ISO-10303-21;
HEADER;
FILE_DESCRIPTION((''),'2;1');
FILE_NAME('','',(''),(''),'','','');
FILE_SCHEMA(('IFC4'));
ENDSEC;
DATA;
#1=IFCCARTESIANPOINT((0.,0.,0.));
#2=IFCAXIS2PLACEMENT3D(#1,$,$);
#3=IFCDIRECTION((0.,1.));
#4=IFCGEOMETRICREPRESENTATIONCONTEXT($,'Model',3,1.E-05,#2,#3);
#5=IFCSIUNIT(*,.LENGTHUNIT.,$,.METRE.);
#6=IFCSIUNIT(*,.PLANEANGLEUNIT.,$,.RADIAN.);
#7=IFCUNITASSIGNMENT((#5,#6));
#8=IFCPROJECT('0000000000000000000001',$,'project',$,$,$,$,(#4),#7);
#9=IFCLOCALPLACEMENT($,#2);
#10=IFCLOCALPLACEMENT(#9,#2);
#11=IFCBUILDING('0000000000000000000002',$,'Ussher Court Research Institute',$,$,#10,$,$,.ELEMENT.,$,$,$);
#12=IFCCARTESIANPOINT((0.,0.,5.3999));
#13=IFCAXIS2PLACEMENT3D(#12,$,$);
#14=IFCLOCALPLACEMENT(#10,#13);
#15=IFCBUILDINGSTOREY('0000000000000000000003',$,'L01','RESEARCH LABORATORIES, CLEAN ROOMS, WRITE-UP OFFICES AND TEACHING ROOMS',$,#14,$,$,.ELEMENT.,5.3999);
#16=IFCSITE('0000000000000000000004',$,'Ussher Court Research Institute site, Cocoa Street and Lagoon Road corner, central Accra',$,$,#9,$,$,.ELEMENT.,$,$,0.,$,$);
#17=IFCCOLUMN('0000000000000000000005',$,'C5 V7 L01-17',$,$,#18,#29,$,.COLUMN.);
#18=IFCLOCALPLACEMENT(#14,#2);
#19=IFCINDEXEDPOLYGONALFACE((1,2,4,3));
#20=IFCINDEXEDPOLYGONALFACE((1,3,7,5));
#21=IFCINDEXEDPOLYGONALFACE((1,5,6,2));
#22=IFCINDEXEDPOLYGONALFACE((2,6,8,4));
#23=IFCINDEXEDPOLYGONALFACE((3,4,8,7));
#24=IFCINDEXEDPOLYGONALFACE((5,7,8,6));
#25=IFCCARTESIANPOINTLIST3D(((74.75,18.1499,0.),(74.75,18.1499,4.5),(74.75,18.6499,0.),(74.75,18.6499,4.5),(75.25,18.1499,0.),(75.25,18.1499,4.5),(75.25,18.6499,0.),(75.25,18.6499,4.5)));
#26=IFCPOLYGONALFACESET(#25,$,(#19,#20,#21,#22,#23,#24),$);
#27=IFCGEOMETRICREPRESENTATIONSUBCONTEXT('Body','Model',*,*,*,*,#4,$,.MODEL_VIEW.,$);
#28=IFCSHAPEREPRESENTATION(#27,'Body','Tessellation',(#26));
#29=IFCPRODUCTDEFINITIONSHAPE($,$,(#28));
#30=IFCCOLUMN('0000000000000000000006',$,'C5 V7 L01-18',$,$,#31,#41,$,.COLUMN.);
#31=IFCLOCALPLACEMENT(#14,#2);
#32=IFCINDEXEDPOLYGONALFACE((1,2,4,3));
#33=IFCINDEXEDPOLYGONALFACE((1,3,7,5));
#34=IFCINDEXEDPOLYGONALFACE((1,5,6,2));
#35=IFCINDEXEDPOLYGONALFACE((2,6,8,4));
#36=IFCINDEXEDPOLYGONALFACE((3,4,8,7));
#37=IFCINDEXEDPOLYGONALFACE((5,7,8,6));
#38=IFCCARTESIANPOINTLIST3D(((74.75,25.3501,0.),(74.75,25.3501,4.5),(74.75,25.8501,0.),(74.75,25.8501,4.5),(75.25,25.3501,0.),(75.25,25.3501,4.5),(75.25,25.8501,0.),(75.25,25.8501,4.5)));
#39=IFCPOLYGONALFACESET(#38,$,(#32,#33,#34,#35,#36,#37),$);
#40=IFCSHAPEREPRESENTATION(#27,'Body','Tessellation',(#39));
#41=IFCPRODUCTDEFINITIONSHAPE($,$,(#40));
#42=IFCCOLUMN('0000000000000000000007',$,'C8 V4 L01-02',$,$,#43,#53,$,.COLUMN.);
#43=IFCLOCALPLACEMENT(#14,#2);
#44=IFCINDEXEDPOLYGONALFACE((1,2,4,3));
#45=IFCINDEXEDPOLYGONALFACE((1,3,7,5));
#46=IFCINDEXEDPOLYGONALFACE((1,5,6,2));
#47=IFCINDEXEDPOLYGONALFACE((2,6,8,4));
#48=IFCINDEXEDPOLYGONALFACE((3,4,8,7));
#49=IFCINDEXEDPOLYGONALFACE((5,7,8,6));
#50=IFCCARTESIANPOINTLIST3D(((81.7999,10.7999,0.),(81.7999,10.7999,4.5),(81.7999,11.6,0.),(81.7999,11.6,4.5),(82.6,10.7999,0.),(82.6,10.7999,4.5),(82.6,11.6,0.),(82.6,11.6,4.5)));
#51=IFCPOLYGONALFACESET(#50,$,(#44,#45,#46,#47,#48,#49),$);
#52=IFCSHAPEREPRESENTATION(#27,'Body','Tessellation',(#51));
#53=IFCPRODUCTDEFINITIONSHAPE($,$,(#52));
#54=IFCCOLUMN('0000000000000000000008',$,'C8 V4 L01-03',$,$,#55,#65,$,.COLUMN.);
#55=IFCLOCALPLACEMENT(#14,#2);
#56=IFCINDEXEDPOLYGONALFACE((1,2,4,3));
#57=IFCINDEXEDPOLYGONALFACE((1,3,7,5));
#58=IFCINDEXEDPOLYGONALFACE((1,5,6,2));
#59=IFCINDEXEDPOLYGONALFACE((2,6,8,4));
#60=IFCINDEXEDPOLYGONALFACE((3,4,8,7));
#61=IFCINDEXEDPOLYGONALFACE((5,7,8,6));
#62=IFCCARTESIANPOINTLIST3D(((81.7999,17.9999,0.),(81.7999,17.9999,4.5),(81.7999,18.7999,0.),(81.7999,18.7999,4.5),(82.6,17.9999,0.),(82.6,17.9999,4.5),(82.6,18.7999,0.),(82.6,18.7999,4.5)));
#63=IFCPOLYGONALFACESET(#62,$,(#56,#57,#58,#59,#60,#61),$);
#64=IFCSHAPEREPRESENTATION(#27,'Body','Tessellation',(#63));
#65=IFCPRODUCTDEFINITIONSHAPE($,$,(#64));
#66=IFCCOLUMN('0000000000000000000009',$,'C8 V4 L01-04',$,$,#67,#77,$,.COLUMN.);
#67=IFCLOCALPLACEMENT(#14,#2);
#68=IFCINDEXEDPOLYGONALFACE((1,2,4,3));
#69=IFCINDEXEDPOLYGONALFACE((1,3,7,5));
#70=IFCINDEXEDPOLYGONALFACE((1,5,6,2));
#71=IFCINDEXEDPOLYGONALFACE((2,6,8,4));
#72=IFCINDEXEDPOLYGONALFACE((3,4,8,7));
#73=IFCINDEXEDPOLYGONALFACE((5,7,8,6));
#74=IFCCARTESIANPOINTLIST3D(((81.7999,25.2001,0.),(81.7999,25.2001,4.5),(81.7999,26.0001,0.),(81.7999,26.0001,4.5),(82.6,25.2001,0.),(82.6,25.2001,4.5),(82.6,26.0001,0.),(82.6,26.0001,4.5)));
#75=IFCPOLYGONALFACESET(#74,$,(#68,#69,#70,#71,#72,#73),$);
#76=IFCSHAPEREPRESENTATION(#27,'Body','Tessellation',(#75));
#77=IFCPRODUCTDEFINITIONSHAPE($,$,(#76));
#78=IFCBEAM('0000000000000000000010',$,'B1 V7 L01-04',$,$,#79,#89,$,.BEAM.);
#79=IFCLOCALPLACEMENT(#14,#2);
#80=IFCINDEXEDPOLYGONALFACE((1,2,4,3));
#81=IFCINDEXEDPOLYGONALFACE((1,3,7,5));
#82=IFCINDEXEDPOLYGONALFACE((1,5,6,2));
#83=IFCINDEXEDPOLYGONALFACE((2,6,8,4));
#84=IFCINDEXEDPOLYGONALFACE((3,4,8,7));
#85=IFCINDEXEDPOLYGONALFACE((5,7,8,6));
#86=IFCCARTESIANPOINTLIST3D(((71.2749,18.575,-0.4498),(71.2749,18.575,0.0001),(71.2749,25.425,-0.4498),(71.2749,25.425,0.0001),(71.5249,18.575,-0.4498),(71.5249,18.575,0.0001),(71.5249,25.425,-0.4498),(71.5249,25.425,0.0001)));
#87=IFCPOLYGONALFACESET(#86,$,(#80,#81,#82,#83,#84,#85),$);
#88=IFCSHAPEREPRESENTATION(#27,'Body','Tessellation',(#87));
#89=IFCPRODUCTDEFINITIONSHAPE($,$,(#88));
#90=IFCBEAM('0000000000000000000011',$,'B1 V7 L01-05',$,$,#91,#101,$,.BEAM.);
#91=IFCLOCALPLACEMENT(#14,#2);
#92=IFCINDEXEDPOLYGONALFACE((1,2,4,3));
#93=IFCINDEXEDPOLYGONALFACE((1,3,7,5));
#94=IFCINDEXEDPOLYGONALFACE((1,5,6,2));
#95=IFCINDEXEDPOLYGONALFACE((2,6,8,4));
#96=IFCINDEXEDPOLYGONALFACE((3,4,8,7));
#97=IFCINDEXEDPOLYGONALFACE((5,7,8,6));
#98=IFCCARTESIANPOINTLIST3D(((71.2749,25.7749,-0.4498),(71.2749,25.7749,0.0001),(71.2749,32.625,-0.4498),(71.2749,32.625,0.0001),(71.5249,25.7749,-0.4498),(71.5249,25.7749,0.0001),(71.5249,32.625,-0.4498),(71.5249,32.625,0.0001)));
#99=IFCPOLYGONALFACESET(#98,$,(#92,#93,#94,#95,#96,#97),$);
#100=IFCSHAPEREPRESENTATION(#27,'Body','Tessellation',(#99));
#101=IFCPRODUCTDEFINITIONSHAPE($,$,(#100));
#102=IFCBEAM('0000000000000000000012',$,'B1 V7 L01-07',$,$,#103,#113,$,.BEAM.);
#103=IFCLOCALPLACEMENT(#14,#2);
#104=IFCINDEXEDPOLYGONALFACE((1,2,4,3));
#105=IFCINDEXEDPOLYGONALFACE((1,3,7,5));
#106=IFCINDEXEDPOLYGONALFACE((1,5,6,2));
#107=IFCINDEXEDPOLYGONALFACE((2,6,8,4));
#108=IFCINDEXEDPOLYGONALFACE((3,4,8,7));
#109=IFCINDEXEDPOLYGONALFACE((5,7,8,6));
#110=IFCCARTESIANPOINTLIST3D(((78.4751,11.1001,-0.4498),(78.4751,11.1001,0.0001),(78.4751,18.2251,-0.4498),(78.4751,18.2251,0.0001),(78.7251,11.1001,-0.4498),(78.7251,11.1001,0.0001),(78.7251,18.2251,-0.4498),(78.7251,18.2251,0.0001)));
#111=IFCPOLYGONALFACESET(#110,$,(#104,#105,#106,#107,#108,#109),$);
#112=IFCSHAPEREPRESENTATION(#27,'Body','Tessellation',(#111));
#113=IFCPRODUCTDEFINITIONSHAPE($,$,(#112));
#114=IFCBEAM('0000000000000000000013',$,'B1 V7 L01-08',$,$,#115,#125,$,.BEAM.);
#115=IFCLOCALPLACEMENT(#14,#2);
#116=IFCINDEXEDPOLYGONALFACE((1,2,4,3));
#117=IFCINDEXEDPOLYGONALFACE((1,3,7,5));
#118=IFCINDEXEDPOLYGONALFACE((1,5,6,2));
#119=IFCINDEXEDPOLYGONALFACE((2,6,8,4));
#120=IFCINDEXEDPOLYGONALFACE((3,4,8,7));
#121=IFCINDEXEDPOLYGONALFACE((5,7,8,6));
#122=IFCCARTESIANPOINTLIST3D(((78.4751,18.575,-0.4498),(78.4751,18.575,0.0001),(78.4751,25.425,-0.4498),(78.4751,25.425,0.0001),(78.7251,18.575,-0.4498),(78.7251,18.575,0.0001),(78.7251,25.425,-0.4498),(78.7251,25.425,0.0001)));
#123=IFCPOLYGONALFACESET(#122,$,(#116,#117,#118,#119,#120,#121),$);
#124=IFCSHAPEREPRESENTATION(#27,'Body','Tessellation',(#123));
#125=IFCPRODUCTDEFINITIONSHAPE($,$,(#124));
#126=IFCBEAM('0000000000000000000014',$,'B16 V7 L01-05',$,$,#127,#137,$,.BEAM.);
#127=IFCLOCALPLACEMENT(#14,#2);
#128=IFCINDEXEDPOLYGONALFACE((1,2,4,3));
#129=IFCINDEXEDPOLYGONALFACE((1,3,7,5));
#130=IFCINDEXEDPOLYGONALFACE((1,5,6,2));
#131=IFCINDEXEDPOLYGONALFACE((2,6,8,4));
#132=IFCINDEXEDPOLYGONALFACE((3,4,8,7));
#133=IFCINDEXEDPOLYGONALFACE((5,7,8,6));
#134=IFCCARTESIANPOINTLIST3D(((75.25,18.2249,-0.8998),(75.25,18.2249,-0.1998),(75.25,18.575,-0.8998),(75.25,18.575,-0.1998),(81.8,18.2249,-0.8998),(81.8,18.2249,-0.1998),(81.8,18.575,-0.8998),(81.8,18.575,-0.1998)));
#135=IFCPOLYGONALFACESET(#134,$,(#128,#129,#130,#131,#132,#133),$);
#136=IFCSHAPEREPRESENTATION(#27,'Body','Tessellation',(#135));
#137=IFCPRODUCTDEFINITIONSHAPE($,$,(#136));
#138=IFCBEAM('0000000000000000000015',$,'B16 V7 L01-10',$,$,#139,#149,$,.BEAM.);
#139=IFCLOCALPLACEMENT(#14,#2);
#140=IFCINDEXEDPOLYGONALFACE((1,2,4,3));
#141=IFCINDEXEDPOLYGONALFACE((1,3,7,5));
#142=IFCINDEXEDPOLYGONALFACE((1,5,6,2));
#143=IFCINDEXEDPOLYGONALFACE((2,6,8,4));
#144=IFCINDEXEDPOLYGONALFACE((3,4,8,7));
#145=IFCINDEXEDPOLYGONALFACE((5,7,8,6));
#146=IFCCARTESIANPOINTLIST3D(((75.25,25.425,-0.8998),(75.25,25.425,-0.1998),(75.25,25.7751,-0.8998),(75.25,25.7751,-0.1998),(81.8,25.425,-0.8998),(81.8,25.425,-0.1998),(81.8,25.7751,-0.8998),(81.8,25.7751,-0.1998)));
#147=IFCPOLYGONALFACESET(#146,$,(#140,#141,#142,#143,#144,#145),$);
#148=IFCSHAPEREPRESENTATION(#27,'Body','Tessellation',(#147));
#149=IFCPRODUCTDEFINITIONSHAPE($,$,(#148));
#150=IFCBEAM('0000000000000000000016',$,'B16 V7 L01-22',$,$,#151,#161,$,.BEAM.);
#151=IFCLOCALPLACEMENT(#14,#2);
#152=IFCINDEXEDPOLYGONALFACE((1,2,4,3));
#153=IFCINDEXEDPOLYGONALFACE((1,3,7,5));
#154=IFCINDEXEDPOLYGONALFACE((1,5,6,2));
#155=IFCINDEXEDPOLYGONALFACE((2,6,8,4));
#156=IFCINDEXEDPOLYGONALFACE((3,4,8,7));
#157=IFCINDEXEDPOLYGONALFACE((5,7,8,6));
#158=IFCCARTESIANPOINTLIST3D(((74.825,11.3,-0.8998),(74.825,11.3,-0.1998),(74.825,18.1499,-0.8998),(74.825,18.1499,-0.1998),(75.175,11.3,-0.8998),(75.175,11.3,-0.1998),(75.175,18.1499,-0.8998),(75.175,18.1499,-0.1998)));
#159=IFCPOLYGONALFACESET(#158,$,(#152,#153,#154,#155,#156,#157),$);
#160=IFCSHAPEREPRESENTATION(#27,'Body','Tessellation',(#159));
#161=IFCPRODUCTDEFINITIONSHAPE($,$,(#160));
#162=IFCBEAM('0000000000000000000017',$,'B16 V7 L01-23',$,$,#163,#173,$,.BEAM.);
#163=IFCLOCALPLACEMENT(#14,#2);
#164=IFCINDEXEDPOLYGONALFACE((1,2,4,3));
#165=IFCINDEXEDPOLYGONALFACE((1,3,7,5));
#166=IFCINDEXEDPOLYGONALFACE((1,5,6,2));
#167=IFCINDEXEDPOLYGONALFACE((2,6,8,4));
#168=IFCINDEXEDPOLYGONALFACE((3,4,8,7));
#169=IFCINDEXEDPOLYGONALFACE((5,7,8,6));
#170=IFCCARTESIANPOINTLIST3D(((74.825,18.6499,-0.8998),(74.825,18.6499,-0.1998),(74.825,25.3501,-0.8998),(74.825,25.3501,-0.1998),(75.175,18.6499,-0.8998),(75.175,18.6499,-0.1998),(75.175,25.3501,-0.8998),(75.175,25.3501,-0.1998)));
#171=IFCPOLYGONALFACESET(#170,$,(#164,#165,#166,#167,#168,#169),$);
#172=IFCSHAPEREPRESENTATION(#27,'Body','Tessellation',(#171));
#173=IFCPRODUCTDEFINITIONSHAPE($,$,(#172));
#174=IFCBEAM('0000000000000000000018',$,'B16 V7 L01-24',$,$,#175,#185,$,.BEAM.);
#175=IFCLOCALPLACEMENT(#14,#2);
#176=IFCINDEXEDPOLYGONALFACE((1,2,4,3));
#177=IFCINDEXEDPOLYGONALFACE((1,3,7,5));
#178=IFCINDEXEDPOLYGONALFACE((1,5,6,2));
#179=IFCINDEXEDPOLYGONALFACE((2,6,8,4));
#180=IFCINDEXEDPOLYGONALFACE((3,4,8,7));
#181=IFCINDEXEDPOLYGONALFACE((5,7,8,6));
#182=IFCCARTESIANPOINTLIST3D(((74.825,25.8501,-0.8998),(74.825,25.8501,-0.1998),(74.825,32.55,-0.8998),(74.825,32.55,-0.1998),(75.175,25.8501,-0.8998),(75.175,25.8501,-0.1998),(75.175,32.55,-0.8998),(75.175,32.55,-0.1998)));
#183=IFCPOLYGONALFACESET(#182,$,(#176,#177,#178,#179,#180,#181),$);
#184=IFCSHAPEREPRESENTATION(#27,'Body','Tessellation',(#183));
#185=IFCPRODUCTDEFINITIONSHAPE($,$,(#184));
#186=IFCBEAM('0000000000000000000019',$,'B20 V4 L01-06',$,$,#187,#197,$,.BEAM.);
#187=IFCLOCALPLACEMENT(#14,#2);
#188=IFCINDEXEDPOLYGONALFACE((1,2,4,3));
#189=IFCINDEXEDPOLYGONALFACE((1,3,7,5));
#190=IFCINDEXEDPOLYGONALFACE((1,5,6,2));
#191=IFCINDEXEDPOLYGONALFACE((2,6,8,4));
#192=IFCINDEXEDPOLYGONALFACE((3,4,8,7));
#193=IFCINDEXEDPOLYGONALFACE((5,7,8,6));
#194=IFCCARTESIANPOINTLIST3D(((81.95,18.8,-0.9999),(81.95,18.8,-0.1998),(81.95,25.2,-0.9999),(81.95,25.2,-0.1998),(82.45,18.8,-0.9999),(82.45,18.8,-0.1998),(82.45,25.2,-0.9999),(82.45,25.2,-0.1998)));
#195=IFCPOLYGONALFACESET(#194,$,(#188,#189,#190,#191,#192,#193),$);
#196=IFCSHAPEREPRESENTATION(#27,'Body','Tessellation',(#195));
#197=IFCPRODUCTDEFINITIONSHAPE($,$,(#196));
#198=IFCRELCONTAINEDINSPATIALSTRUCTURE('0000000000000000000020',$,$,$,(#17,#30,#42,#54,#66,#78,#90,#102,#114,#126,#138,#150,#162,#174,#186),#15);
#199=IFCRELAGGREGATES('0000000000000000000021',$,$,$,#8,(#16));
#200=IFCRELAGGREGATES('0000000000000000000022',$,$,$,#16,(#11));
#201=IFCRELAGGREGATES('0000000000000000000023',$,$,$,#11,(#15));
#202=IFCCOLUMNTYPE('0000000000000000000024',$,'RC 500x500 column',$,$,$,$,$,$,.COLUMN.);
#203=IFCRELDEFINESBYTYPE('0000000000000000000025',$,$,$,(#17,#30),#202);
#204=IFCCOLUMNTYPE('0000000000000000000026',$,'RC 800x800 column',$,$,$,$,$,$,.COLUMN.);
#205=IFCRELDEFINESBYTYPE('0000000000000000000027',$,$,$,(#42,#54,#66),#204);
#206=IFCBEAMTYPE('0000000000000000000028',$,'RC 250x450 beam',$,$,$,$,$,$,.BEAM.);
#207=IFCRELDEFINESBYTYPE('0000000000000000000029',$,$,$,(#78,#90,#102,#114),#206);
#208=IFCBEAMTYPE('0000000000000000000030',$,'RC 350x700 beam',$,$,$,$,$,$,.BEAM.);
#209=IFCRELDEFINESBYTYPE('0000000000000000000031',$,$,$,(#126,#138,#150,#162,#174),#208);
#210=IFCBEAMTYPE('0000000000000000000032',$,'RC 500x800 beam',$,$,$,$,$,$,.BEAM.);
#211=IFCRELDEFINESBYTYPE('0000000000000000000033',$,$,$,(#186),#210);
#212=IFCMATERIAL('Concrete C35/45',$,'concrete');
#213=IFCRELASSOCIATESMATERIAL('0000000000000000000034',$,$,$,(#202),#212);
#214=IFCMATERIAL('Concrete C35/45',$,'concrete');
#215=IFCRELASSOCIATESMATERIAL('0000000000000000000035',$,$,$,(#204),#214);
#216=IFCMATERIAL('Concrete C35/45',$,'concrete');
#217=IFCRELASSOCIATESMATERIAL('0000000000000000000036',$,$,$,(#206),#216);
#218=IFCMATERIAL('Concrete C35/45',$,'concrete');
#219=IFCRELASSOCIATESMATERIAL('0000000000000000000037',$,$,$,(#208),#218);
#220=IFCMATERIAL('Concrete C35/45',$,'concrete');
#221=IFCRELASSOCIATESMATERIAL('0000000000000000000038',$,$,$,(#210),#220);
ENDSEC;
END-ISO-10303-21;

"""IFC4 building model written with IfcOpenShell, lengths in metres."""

from ifc_helpers import new_model, si_unit, direction, frame, origin, origin_2d, place, context, subcontext, project, spatial, rectangle, extrude, material, material_profile, profile_set, type_object, element, save


model = new_model("IFC4")

# Units and contexts
model_context = context("Model", 3, precision=1e-05, world=origin(), true_north=direction((0.0, 1.0)))
body_context = subcontext(model_context, "Body", "Model", "MODEL_VIEW")
ifc_project = project(units=[si_unit("LENGTHUNIT", "METRE"), si_unit("PLANEANGLEUNIT", "RADIAN")], contexts=[model_context])

# Site, building, storey
site_placement = place(None, origin())
site = spatial("IfcSite", under=ifc_project, at=site_placement, Name="Ussher Court Research Institute site, Cocoa Street and Lagoon Road corner, central Accra", CompositionType="ELEMENT", RefElevation=0.0)
building_placement = place(site_placement, origin())
building = spatial("IfcBuilding", under=site, at=building_placement, Name="Ussher Court Research Institute", CompositionType="ELEMENT")
storey_placement = place(building_placement, frame((0.0, 0.0, 5.3999)))
storey = spatial("IfcBuildingStorey", under=building, at=storey_placement, Name="L01", Description="RESEARCH LABORATORIES, CLEAN ROOMS, WRITE-UP OFFICES AND TEACHING ROOMS", CompositionType="ELEMENT", Elevation=5.3999)

# Columns
ifc_material_1 = material(Name="Concrete C35/45", Category="concrete")
ifc_material_profile_1 = material_profile(ifc_material_1, rectangle(XDim=0.5, YDim=0.5, at=origin_2d()), Name="RC 500x500")
ifc_profile_set_1 = profile_set([ifc_material_profile_1], Name="Concrete C35/45")
column_type_1 = type_object("IfcColumnType", Name="RC 500x500 column", PredefinedType="COLUMN", material=ifc_profile_set_1)
for number, where, z_axis, x_axis, name in (
    (1, (75.0, 18.3999, 0.0), (0.0, 0.0, 1.0), (1.0, 0.0, 0.0), "C5 V7 L01-17"),
    (2, (75.0, 25.6001, 0.0), (0.0, 0.0, 1.0), (1.0, 0.0, 0.0), "C5 V7 L01-18"),
):
    element("IfcColumn", number, at=place(storey_placement, frame(where, z_axis=z_axis, x_axis=x_axis)), inside=storey, type_object=column_type_1, Name=name, PredefinedType="COLUMN", context=body_context, shape_type="SweptSolid", body=[
        extrude(rectangle(XDim=0.5, YDim=0.5, at=origin_2d()), origin(), (0.0, 0.0, 1.0), 4.5),
    ])
ifc_material_2 = material(Name="Concrete C35/45", Category="concrete")
ifc_material_profile_2 = material_profile(ifc_material_2, rectangle(XDim=0.8, YDim=0.8, at=origin_2d()), Name="RC 800x800")
ifc_profile_set_2 = profile_set([ifc_material_profile_2], Name="Concrete C35/45")
column_type_2 = type_object("IfcColumnType", Name="RC 800x800 column", PredefinedType="COLUMN", material=ifc_profile_set_2)
for number, where, z_axis, x_axis, name in (
    (3, (82.2, 11.2, 0.0), (0.0, 0.0, 1.0), (1.0, 0.0, 0.0), "C8 V4 L01-02"),
    (4, (82.2, 18.3999, 0.0), (0.0, 0.0, 1.0), (1.0, 0.0, 0.0), "C8 V4 L01-03"),
    (5, (82.2, 25.6001, 0.0), (0.0, 0.0, 1.0), (1.0, 0.0, 0.0), "C8 V4 L01-04"),
):
    element("IfcColumn", number, at=place(storey_placement, frame(where, z_axis=z_axis, x_axis=x_axis)), inside=storey, type_object=column_type_2, Name=name, PredefinedType="COLUMN", context=body_context, shape_type="SweptSolid", body=[
        extrude(rectangle(XDim=0.8, YDim=0.8, at=origin_2d()), origin(), (0.0, 0.0, 1.0), 4.5),
    ])

# Beams
ifc_material_3 = material(Name="Concrete C35/45", Category="concrete")
ifc_material_profile_3 = material_profile(ifc_material_3, rectangle(XDim=0.25, YDim=0.45, at=origin_2d()), Name="RC 250x450")
ifc_profile_set_3 = profile_set([ifc_material_profile_3], Name="Concrete C35/45")
beam_type_1 = type_object("IfcBeamType", Name="RC 250x450 beam", PredefinedType="BEAM", material=ifc_profile_set_3)
for number, where, z_axis, x_axis, name in (
    (6, (71.3999, 18.575, -0.2249), (0.0, 1.0, 0.0), (-1.0, 0.0, 0.0), "B1 V7 L01-04"),
    (7, (71.3999, 25.7749, -0.2249), (0.0, 1.0, 0.0), (-1.0, 0.0, 0.0), "B1 V7 L01-05"),
):
    element("IfcBeam", number, at=place(storey_placement, frame(where, z_axis=z_axis, x_axis=x_axis)), inside=storey, type_object=beam_type_1, Name=name, PredefinedType="BEAM", context=body_context, shape_type="SweptSolid", body=[
        extrude(rectangle(XDim=0.25, YDim=0.45, at=origin_2d()), origin(), (0.0, 0.0, 1.0), 6.8501),
    ])
beam_1_placement = place(storey_placement, frame((78.6001, 11.1001, -0.2249), z_axis=(0.0, 1.0, 0.0), x_axis=(-1.0, 0.0, 0.0)))
element("IfcBeam", 8, at=beam_1_placement, inside=storey, type_object=beam_type_1, Name="B1 V7 L01-07", PredefinedType="BEAM", context=body_context, shape_type="SweptSolid", body=[
    extrude(rectangle(XDim=0.25, YDim=0.45, at=origin_2d()), origin(), (0.0, 0.0, 1.0), 7.125),
])
beam_2_placement = place(storey_placement, frame((78.6001, 18.575, -0.2249), z_axis=(0.0, 1.0, 0.0), x_axis=(-1.0, 0.0, 0.0)))
element("IfcBeam", 9, at=beam_2_placement, inside=storey, type_object=beam_type_1, Name="B1 V7 L01-08", PredefinedType="BEAM", context=body_context, shape_type="SweptSolid", body=[
    extrude(rectangle(XDim=0.25, YDim=0.45, at=origin_2d()), origin(), (0.0, 0.0, 1.0), 6.8501),
])
ifc_material_4 = material(Name="Concrete C35/45", Category="concrete")
ifc_material_profile_4 = material_profile(ifc_material_4, rectangle(XDim=0.3501, YDim=0.7, at=origin_2d()), Name="RC 350x700")
ifc_profile_set_4 = profile_set([ifc_material_profile_4], Name="Concrete C35/45")
beam_type_2 = type_object("IfcBeamType", Name="RC 350x700 beam", PredefinedType="BEAM", material=ifc_profile_set_4)
for number, where, z_axis, x_axis, name in (
    (10, (75.25, 18.3999, -0.5498), (1.0, 0.0, 0.0), (0.0, 1.0, 0.0), "B16 V7 L01-05"),
    (11, (75.25, 25.6001, -0.5498), (1.0, 0.0, 0.0), (0.0, 1.0, 0.0), "B16 V7 L01-10"),
):
    element("IfcBeam", number, at=place(storey_placement, frame(where, z_axis=z_axis, x_axis=x_axis)), inside=storey, type_object=beam_type_2, Name=name, PredefinedType="BEAM", context=body_context, shape_type="SweptSolid", body=[
        extrude(rectangle(XDim=0.3501, YDim=0.7, at=origin_2d()), origin(), (0.0, 0.0, 1.0), 6.55),
    ])
beam_3_placement = place(storey_placement, frame((75.0, 11.3, -0.5498), z_axis=(0.0, 1.0, 0.0), x_axis=(-1.0, 0.0, 0.0)))
element("IfcBeam", 12, at=beam_3_placement, inside=storey, type_object=beam_type_2, Name="B16 V7 L01-22", PredefinedType="BEAM", context=body_context, shape_type="SweptSolid", body=[
    extrude(rectangle(XDim=0.3501, YDim=0.7, at=origin_2d()), origin(), (0.0, 0.0, 1.0), 6.8499),
])
beam_4_placement = place(storey_placement, frame((75.0, 18.6499, -0.5498), z_axis=(0.0, 1.0, 0.0), x_axis=(-1.0, 0.0, 0.0)))
element("IfcBeam", 13, at=beam_4_placement, inside=storey, type_object=beam_type_2, Name="B16 V7 L01-23", PredefinedType="BEAM", context=body_context, shape_type="SweptSolid", body=[
    extrude(rectangle(XDim=0.3501, YDim=0.7, at=origin_2d()), origin(), (0.0, 0.0, 1.0), 6.7002),
])
beam_5_placement = place(storey_placement, frame((75.0, 25.8501, -0.5498), z_axis=(0.0, 1.0, 0.0), x_axis=(-1.0, 0.0, 0.0)))
element("IfcBeam", 14, at=beam_5_placement, inside=storey, type_object=beam_type_2, Name="B16 V7 L01-24", PredefinedType="BEAM", context=body_context, shape_type="SweptSolid", body=[
    extrude(rectangle(XDim=0.3501, YDim=0.7, at=origin_2d()), origin(), (0.0, 0.0, 1.0), 6.7),
])
ifc_material_5 = material(Name="Concrete C35/45", Category="concrete")
ifc_material_profile_5 = material_profile(ifc_material_5, rectangle(XDim=0.5, YDim=0.8, at=origin_2d()), Name="RC 500x800")
ifc_profile_set_5 = profile_set([ifc_material_profile_5], Name="Concrete C35/45")
beam_type_3 = type_object("IfcBeamType", Name="RC 500x800 beam", PredefinedType="BEAM", material=ifc_profile_set_5)
beam_6_placement = place(storey_placement, frame((82.2, 18.8, -0.5999), z_axis=(0.0, 1.0, 0.0), x_axis=(-1.0, 0.0, 0.0)))
element("IfcBeam", 15, at=beam_6_placement, inside=storey, type_object=beam_type_3, Name="B20 V4 L01-06", PredefinedType="BEAM", context=body_context, shape_type="SweptSolid", body=[
    extrude(rectangle(XDim=0.5, YDim=0.8, at=origin_2d()), origin(), (0.0, 0.0, 1.0), 6.3999),
])

save(model, "model.ifc")
